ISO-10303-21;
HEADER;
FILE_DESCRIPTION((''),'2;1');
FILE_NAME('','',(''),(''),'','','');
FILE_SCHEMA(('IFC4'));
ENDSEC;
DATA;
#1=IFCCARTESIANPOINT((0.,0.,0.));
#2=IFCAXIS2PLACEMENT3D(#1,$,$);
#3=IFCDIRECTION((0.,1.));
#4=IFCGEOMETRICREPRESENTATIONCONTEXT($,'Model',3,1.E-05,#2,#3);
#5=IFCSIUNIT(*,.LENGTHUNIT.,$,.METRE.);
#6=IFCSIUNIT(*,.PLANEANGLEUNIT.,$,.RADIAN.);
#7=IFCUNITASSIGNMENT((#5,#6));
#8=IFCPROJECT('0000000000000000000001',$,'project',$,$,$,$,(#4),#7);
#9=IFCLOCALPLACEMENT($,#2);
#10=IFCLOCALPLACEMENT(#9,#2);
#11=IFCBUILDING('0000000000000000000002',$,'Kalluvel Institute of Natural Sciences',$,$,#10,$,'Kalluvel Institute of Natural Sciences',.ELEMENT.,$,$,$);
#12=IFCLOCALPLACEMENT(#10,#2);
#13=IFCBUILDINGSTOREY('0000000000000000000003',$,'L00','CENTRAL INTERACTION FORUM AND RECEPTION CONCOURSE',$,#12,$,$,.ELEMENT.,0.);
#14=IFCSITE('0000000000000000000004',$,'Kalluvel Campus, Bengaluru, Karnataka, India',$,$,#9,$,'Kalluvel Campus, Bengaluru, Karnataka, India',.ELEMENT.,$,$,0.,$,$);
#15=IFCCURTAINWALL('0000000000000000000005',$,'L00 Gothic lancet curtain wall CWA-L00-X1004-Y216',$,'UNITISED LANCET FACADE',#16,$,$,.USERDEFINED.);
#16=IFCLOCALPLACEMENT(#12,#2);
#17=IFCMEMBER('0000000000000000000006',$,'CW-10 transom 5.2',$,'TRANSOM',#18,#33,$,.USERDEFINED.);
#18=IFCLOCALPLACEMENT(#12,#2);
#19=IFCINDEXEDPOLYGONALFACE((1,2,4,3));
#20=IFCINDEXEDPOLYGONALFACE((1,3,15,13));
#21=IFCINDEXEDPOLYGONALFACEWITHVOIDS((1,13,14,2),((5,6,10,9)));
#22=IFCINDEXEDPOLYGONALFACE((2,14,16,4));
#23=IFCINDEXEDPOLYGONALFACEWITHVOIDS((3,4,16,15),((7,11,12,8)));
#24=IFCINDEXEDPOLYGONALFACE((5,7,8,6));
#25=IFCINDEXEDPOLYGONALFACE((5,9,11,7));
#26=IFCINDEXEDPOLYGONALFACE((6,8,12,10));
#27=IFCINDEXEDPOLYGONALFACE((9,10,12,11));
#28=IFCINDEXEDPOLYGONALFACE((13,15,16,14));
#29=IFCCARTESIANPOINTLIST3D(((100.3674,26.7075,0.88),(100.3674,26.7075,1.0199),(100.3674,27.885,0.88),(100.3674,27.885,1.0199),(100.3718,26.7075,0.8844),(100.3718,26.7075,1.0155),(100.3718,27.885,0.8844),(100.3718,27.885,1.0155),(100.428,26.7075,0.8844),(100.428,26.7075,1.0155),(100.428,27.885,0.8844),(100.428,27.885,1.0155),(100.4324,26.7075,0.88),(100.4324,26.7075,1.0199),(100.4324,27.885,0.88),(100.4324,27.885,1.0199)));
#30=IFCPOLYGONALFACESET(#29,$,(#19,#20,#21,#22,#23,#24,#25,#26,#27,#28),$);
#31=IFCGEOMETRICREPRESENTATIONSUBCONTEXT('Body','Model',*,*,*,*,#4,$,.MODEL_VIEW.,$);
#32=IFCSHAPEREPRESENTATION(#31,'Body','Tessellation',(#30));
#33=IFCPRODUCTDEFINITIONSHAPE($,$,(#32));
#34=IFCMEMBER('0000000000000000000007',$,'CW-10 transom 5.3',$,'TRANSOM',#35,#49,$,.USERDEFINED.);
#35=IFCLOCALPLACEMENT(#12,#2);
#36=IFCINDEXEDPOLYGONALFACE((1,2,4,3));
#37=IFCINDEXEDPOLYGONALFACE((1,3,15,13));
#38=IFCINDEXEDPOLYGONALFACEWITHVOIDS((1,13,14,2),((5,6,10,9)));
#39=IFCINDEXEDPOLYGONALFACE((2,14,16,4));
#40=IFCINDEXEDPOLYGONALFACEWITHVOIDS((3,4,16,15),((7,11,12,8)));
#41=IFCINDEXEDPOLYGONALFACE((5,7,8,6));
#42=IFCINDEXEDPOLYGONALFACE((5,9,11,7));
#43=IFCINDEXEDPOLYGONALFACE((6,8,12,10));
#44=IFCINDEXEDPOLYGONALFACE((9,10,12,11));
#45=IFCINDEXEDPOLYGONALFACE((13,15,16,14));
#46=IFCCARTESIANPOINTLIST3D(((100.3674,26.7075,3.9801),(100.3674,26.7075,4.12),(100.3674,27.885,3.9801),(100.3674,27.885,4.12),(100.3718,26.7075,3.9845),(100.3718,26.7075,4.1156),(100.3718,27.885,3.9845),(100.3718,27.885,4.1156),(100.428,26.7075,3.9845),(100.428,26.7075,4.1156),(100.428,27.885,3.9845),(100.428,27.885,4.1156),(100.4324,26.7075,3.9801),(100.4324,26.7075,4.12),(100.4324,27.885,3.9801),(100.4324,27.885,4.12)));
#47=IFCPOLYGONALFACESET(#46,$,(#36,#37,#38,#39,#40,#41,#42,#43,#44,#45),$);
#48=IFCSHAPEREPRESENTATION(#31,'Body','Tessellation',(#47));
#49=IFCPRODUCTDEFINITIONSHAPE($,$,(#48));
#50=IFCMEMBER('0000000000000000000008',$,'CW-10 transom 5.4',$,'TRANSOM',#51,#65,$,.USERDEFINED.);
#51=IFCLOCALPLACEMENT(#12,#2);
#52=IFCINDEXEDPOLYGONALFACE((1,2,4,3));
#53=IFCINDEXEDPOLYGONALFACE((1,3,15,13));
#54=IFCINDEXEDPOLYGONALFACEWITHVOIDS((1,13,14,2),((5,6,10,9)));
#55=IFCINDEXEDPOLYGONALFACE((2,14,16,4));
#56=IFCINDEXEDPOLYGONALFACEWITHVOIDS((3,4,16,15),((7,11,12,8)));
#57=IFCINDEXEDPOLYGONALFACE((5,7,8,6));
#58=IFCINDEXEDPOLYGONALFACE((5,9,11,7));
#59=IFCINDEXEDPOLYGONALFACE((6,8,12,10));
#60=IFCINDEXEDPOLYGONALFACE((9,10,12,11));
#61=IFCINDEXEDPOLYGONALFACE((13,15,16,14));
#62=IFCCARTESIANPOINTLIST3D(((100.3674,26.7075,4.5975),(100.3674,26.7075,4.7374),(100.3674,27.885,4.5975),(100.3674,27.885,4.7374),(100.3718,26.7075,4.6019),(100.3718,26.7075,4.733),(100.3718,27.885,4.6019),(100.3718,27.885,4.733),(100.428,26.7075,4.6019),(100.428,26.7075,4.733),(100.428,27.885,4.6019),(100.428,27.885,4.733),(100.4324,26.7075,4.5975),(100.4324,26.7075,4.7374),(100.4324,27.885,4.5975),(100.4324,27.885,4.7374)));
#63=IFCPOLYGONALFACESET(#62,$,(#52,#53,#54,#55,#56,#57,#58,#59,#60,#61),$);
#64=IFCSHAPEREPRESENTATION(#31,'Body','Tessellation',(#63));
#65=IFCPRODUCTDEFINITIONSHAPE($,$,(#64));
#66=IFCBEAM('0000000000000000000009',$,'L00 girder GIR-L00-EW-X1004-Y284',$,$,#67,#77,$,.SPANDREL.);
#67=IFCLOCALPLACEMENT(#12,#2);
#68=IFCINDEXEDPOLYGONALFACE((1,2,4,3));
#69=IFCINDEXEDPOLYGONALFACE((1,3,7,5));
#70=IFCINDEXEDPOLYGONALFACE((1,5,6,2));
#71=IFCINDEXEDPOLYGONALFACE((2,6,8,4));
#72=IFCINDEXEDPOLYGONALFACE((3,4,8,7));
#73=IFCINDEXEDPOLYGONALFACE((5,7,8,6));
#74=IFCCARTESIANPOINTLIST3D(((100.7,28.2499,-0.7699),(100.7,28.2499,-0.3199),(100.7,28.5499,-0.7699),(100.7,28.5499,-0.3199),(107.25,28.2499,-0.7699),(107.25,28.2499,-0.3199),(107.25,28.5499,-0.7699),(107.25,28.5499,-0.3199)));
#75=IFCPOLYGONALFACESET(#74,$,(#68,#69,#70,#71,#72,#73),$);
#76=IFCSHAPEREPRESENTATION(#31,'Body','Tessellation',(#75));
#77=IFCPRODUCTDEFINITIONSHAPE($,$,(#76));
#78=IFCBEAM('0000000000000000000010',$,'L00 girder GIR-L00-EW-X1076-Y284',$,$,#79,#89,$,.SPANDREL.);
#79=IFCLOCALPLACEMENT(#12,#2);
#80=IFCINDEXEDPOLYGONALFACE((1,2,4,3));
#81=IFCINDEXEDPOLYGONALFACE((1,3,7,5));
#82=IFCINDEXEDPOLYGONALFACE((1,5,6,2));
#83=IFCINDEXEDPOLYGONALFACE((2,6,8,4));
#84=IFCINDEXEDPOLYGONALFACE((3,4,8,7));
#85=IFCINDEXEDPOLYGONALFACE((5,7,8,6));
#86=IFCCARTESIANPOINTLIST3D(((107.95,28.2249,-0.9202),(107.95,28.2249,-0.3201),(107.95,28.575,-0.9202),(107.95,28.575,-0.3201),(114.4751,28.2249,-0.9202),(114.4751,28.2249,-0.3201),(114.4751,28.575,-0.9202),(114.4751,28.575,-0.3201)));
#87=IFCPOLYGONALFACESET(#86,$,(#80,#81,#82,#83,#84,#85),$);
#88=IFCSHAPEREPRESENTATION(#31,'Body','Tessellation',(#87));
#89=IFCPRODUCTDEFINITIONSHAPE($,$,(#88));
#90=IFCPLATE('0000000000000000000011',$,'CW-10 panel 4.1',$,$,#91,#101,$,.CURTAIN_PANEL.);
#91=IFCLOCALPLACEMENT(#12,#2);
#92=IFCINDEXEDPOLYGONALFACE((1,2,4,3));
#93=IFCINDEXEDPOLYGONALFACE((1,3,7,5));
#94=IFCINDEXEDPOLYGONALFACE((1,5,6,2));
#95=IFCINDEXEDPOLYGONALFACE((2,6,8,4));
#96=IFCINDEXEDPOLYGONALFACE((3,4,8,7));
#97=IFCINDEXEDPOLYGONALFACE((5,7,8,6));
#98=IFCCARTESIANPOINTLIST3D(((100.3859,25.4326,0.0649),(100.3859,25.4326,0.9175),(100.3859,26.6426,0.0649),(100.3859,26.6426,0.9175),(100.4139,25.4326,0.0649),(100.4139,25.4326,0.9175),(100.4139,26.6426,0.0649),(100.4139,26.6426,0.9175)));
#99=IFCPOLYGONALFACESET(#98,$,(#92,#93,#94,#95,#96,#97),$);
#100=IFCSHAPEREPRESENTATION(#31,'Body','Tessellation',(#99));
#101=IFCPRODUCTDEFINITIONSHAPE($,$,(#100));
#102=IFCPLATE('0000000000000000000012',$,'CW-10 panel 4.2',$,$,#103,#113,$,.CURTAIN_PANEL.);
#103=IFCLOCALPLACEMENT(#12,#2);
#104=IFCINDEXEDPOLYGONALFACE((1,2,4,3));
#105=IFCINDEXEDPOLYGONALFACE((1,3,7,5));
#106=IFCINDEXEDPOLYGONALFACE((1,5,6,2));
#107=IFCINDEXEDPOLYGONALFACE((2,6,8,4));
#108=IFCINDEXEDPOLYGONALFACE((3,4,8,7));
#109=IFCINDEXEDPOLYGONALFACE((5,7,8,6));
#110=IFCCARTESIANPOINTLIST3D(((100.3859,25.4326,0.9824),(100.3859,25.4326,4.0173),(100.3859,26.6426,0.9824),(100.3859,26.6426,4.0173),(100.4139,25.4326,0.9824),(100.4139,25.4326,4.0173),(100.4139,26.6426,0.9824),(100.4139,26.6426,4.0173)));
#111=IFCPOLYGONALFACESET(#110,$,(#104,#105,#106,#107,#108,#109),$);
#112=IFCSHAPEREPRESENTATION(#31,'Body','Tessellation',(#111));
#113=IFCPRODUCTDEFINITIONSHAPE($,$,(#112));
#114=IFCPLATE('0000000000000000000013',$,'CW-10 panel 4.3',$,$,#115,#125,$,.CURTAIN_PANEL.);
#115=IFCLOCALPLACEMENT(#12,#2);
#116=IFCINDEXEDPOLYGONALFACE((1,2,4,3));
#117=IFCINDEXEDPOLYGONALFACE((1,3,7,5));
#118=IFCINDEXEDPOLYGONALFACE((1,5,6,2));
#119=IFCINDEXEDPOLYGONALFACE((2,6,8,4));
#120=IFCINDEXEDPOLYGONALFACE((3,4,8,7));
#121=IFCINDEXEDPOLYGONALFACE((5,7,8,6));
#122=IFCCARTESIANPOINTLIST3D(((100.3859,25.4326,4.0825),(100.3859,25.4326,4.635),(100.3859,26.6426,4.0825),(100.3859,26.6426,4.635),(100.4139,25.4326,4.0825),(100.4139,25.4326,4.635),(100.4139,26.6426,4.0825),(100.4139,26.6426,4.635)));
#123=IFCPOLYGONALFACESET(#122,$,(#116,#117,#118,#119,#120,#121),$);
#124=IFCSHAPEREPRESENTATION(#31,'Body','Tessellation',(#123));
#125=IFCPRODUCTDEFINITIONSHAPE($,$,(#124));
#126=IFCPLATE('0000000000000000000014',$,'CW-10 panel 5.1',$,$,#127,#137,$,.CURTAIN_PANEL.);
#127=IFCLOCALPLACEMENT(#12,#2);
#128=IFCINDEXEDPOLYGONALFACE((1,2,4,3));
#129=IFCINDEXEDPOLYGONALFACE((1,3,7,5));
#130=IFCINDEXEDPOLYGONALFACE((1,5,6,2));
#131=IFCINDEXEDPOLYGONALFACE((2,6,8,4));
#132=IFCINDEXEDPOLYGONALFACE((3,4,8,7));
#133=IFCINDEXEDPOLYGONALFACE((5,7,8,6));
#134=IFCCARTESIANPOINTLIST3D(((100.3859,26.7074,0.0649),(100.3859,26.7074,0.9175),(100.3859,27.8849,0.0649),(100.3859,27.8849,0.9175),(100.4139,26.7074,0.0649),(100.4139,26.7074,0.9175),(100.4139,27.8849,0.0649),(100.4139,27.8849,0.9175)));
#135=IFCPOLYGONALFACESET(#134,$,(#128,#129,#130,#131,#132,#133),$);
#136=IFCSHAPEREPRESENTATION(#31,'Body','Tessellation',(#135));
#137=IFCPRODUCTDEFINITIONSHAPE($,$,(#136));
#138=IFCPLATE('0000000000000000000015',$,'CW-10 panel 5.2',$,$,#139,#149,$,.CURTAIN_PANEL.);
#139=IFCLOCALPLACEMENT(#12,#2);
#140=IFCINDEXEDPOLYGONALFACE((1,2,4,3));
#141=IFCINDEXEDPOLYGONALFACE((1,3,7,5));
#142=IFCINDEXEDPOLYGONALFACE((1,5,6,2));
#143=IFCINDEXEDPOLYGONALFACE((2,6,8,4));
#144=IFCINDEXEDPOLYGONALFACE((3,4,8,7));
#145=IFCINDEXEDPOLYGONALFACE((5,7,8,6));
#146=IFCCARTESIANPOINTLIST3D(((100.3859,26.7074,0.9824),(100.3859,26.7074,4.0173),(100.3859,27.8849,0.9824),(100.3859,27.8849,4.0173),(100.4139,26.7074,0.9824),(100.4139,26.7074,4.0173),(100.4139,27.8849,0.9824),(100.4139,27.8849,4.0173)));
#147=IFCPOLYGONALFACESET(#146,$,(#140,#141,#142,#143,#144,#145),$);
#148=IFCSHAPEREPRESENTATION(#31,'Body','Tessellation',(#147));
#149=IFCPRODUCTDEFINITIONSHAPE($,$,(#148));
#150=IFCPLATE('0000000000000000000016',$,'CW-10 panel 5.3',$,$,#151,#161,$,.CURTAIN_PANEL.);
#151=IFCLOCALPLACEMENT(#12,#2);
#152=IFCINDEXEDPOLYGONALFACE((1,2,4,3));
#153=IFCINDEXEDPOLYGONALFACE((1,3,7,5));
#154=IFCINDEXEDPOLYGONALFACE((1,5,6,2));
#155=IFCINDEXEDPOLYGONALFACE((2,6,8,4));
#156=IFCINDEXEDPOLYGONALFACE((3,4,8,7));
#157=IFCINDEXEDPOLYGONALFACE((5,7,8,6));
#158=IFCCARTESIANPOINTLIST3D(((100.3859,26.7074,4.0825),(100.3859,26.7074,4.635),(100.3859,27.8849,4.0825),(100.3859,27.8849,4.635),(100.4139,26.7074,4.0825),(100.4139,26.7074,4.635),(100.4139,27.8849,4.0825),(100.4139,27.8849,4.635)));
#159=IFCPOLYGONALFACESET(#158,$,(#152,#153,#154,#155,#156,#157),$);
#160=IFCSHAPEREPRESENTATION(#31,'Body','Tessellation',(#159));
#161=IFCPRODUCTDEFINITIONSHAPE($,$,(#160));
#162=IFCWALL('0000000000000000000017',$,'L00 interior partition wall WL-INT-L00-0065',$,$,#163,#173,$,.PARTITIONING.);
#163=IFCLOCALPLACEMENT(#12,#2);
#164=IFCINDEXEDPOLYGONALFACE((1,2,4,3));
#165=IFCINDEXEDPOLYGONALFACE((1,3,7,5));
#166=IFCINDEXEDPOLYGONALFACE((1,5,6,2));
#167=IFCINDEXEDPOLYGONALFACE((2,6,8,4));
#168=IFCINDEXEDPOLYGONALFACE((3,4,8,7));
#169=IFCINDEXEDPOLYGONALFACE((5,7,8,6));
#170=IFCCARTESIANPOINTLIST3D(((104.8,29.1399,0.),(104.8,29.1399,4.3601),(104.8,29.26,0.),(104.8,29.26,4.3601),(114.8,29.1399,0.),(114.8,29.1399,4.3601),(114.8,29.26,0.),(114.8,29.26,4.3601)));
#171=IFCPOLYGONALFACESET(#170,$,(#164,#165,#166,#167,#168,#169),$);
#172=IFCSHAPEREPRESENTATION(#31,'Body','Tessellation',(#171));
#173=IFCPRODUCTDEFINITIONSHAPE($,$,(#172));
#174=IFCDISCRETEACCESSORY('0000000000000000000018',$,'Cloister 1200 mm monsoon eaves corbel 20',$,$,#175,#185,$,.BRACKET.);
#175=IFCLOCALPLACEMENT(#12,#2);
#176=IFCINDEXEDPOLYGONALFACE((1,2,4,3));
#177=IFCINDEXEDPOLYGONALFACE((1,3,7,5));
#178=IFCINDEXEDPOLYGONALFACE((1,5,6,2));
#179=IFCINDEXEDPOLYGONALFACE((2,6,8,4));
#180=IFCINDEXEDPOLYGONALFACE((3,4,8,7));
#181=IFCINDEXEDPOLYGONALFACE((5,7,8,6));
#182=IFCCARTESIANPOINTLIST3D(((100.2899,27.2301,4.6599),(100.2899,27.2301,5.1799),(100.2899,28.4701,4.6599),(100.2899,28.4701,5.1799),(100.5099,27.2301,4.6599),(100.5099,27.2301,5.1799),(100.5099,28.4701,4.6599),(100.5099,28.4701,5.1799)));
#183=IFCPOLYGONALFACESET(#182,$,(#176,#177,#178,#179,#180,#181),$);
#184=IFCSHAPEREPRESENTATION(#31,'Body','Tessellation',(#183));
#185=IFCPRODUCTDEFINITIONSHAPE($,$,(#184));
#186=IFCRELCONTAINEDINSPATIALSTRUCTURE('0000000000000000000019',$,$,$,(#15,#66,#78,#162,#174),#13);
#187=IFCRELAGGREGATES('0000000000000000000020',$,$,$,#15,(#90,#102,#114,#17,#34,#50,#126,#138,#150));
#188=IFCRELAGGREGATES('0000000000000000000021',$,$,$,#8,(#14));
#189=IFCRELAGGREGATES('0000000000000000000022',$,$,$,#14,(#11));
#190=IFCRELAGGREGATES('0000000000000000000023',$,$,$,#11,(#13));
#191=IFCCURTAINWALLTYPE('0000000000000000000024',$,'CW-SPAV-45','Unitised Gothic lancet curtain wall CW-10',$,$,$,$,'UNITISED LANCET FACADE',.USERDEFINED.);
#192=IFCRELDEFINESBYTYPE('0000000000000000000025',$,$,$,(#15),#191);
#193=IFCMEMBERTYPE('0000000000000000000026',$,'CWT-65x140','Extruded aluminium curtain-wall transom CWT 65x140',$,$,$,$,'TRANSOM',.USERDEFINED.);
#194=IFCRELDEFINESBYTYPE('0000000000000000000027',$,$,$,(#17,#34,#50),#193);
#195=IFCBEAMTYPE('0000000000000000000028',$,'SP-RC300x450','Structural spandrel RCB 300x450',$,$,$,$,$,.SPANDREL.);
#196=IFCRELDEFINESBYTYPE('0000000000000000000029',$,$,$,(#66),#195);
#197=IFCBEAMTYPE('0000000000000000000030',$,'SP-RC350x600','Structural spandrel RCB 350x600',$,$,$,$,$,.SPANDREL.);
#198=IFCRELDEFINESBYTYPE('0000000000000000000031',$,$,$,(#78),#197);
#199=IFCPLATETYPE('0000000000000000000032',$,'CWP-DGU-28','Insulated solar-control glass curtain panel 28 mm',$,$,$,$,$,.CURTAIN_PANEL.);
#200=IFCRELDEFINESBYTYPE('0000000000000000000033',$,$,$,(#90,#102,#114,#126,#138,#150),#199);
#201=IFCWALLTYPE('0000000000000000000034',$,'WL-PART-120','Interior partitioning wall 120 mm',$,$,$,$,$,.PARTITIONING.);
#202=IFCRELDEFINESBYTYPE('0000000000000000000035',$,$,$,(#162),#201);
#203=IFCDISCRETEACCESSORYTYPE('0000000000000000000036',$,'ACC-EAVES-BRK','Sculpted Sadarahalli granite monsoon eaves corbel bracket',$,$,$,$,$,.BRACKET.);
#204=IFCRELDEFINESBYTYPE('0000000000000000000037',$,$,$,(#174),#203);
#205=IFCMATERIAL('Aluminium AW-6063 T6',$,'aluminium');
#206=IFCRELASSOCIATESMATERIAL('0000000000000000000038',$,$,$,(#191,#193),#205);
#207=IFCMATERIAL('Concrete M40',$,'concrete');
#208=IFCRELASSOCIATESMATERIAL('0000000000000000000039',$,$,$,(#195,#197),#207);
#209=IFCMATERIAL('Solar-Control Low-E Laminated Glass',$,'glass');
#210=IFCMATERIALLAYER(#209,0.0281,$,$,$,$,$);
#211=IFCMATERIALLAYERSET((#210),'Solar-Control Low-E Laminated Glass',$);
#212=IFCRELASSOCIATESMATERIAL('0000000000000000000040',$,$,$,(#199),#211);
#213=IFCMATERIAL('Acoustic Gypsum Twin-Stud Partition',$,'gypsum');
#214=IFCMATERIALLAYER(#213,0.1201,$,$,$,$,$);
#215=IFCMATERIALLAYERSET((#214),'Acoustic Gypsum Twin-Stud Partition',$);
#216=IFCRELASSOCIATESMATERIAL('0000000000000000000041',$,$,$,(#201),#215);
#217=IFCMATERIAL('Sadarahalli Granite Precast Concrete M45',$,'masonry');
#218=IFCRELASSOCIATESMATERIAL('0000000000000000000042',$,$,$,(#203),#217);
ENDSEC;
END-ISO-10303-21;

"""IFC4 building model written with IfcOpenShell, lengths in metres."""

from ifc_helpers import new_model, si_unit, direction, frame, frame_2d, origin, origin_2d, place, context, subcontext, project, spatial, rectangle, hollow_rectangle, extrude, material, layer, layer_set, material_profile, profile_set, type_object, element, aggregate, save


model = new_model("IFC4")

# Units and contexts
model_context = context("Model", 3, precision=1e-05, world=origin(), true_north=direction((0.0, 1.0)))
body_context = subcontext(model_context, "Body", "Model", "MODEL_VIEW")
ifc_project = project(units=[si_unit("LENGTHUNIT", "METRE"), si_unit("PLANEANGLEUNIT", "RADIAN")], contexts=[model_context])

# Site, building, storey
site_placement = place(None, origin())
site = spatial("IfcSite", under=ifc_project, at=site_placement, Name="Kalluvel Campus, Bengaluru, Karnataka, India", LongName="Kalluvel Campus, Bengaluru, Karnataka, India", CompositionType="ELEMENT", RefElevation=0.0)
building_placement = place(site_placement, origin())
building = spatial("IfcBuilding", under=site, at=building_placement, Name="Kalluvel Institute of Natural Sciences", LongName="Kalluvel Institute of Natural Sciences", CompositionType="ELEMENT")
storey_placement = place(building_placement, origin())
storey = spatial("IfcBuildingStorey", under=building, at=storey_placement, Name="L00", Description="CENTRAL INTERACTION FORUM AND RECEPTION CONCOURSE", CompositionType="ELEMENT", Elevation=0.0)

# Shared definitions
ifc_material_1 = material(Name="Concrete M40", Category="concrete")

# Curtain wall, members
ifc_material_2 = material(Name="Aluminium AW-6063 T6", Category="aluminium")
curtain_wall_type = type_object("IfcCurtainWallType", Name="CW-SPAV-45", Description="Unitised Gothic lancet curtain wall CW-10", ElementType="UNITISED LANCET FACADE", PredefinedType="USERDEFINED", material=ifc_material_2)
curtain_wall_placement = place(storey_placement, origin())
curtain_wall = element("IfcCurtainWall", 1, at=curtain_wall_placement, inside=storey, type_object=curtain_wall_type, Name="L00 Gothic lancet curtain wall CWA-L00-X1004-Y216", ObjectType="UNITISED LANCET FACADE", PredefinedType="USERDEFINED")
ifc_material_profile_1 = material_profile(ifc_material_2, hollow_rectangle(XDim=0.0649, YDim=0.1399, WallThickness=0.0044, at=origin_2d()), Name="CWT 65x140")
ifc_profile_set_1 = profile_set([ifc_material_profile_1], Name="Aluminium AW-6063 T6")
member_type_1 = type_object("IfcMemberType", Name="CWT-65x140", Description="Extruded aluminium curtain-wall transom CWT 65x140", ElementType="TRANSOM", PredefinedType="USERDEFINED", material=ifc_profile_set_1)
member_1_placement = place(storey_placement, frame((100.3999, 26.7075, 0.95), z_axis=(0.0, 1.0, 0.0), x_axis=(-1.0, 0.0, 0.0)))
member_1 = element("IfcMember", 2, at=member_1_placement, type_object=member_type_1, Name="CW-10 transom 5.2", ObjectType="TRANSOM", PredefinedType="USERDEFINED", context=body_context, shape_type="SweptSolid", body=[
    extrude(hollow_rectangle(XDim=0.0649, YDim=0.1399, WallThickness=0.0044, at=origin_2d()), origin(), (0.0, 0.0, 1.0), 1.1775),
])
member_2_placement = place(storey_placement, frame((100.3999, 26.7075, 4.05), z_axis=(0.0, 1.0, 0.0), x_axis=(-1.0, 0.0, 0.0)))
member_2 = element("IfcMember", 3, at=member_2_placement, type_object=member_type_1, Name="CW-10 transom 5.3", ObjectType="TRANSOM", PredefinedType="USERDEFINED", context=body_context, shape_type="SweptSolid", body=[
    extrude(hollow_rectangle(XDim=0.0649, YDim=0.1399, WallThickness=0.0044, at=origin_2d()), origin(), (0.0, 0.0, 1.0), 1.1775),
])
member_3_placement = place(storey_placement, frame((100.3999, 26.7075, 4.6675), z_axis=(0.0, 1.0, 0.0), x_axis=(-1.0, 0.0, 0.0)))
member_3 = element("IfcMember", 4, at=member_3_placement, type_object=member_type_1, Name="CW-10 transom 5.4", ObjectType="TRANSOM", PredefinedType="USERDEFINED", context=body_context, shape_type="SweptSolid", body=[
    extrude(hollow_rectangle(XDim=0.0649, YDim=0.1399, WallThickness=0.0044, at=origin_2d()), origin(), (0.0, 0.0, 1.0), 1.1775),
])

# Beams
ifc_material_profile_2 = material_profile(ifc_material_1, rectangle(XDim=0.3, YDim=0.45, at=origin_2d()), Name="RCB 300x450")
ifc_profile_set_2 = profile_set([ifc_material_profile_2], Name="Concrete M40")
beam_type_1 = type_object("IfcBeamType", Name="SP-RC300x450", Description="Structural spandrel RCB 300x450", PredefinedType="SPANDREL", material=ifc_profile_set_2)
beam_1_placement = place(storey_placement, frame((100.7, 28.3999, -0.5449), z_axis=(1.0, 0.0, 0.0), x_axis=(0.0, 1.0, 0.0)))
element("IfcBeam", 5, at=beam_1_placement, inside=storey, type_object=beam_type_1, Name="L00 girder GIR-L00-EW-X1004-Y284", PredefinedType="SPANDREL", context=body_context, shape_type="SweptSolid", body=[
    extrude(rectangle(XDim=0.3, YDim=0.45, at=origin_2d()), origin(), (0.0, 0.0, 1.0), 6.55),
])
ifc_material_profile_3 = material_profile(ifc_material_1, rectangle(XDim=0.3501, YDim=0.6001, at=origin_2d()), Name="RCB 350x600")
ifc_profile_set_3 = profile_set([ifc_material_profile_3], Name="Concrete M40")
beam_type_2 = type_object("IfcBeamType", Name="SP-RC350x600", Description="Structural spandrel RCB 350x600", PredefinedType="SPANDREL", material=ifc_profile_set_3)
beam_2_placement = place(storey_placement, frame((107.95, 28.3999, -0.6201), z_axis=(1.0, 0.0, 0.0), x_axis=(0.0, 1.0, 0.0)))
element("IfcBeam", 6, at=beam_2_placement, inside=storey, type_object=beam_type_2, Name="L00 girder GIR-L00-EW-X1076-Y284", PredefinedType="SPANDREL", context=body_context, shape_type="SweptSolid", body=[
    extrude(rectangle(XDim=0.3501, YDim=0.6001, at=origin_2d()), origin(), (0.0, 0.0, 1.0), 6.5251),
])

# Plates
ifc_material_3 = material(Name="Solar-Control Low-E Laminated Glass", Category="glass")
ifc_layer_1 = layer(ifc_material_3, 0.0281)
ifc_layer_set_1 = layer_set([ifc_layer_1], Name="Solar-Control Low-E Laminated Glass")
plate_type = type_object("IfcPlateType", Name="CWP-DGU-28", Description="Insulated solar-control glass curtain panel 28 mm", PredefinedType="CURTAIN_PANEL", material=ifc_layer_set_1)
plate_1_placement = place(storey_placement, frame((100.3999, 26.0376, 0.0649), z_axis=(0.0, 0.0, 1.0), x_axis=(0.0, 1.0, 0.0)))
plate_1 = element("IfcPlate", 7, at=plate_1_placement, type_object=plate_type, Name="CW-10 panel 4.1", PredefinedType="CURTAIN_PANEL", context=body_context, shape_type="SweptSolid", body=[
    extrude(rectangle(XDim=1.21, YDim=0.0281, at=origin_2d()), origin(), (0.0, 0.0, 1.0), 0.8525),
])
plate_2_placement = place(storey_placement, frame((100.3999, 26.0376, 0.9824), z_axis=(0.0, 0.0, 1.0), x_axis=(0.0, 1.0, 0.0)))
plate_2 = element("IfcPlate", 8, at=plate_2_placement, type_object=plate_type, Name="CW-10 panel 4.2", PredefinedType="CURTAIN_PANEL", context=body_context, shape_type="SweptSolid", body=[
    extrude(rectangle(XDim=1.21, YDim=0.0281, at=origin_2d()), origin(), (0.0, 0.0, 1.0), 3.0349),
])
plate_3_placement = place(storey_placement, frame((100.3999, 26.0376, 4.0825), z_axis=(0.0, 0.0, 1.0), x_axis=(0.0, 1.0, 0.0)))
plate_3 = element("IfcPlate", 9, at=plate_3_placement, type_object=plate_type, Name="CW-10 panel 4.3", PredefinedType="CURTAIN_PANEL", context=body_context, shape_type="SweptSolid", body=[
    extrude(rectangle(XDim=1.21, YDim=0.0281, at=origin_2d()), origin(), (0.0, 0.0, 1.0), 0.5525),
])
plate_4_placement = place(storey_placement, frame((100.3999, 27.2961, 0.0649), z_axis=(0.0, 0.0, 1.0), x_axis=(0.0, 1.0, 0.0)))
plate_4 = element("IfcPlate", 10, at=plate_4_placement, type_object=plate_type, Name="CW-10 panel 5.1", PredefinedType="CURTAIN_PANEL", context=body_context, shape_type="SweptSolid", body=[
    extrude(rectangle(XDim=1.1775, YDim=0.0281, at=origin_2d()), origin(), (0.0, 0.0, 1.0), 0.8525),
])
plate_5_placement = place(storey_placement, frame((100.3999, 27.2961, 0.9824), z_axis=(0.0, 0.0, 1.0), x_axis=(0.0, 1.0, 0.0)))
plate_5 = element("IfcPlate", 11, at=plate_5_placement, type_object=plate_type, Name="CW-10 panel 5.2", PredefinedType="CURTAIN_PANEL", context=body_context, shape_type="SweptSolid", body=[
    extrude(rectangle(XDim=1.1775, YDim=0.0281, at=origin_2d()), origin(), (0.0, 0.0, 1.0), 3.0349),
])
plate_6_placement = place(storey_placement, frame((100.3999, 27.2961, 4.0825), z_axis=(0.0, 0.0, 1.0), x_axis=(0.0, 1.0, 0.0)))
plate_6 = element("IfcPlate", 12, at=plate_6_placement, type_object=plate_type, Name="CW-10 panel 5.3", PredefinedType="CURTAIN_PANEL", context=body_context, shape_type="SweptSolid", body=[
    extrude(rectangle(XDim=1.1775, YDim=0.0281, at=origin_2d()), origin(), (0.0, 0.0, 1.0), 0.5525),
])
aggregate(curtain_wall, [plate_1, plate_2, plate_3, member_1, member_2, member_3, plate_4, plate_5, plate_6])

# Wall
ifc_material_4 = material(Name="Acoustic Gypsum Twin-Stud Partition", Category="gypsum")
ifc_layer_2 = layer(ifc_material_4, 0.1201)
ifc_layer_set_2 = layer_set([ifc_layer_2], Name="Acoustic Gypsum Twin-Stud Partition")
wall_type_1 = type_object("IfcWallType", Name="WL-PART-120", Description="Interior partitioning wall 120 mm", PredefinedType="PARTITIONING", material=ifc_layer_set_2)
wall_1_placement = place(storey_placement, frame((104.8, 29.2, 0.0), z_axis=(0.0, 0.0, 1.0), x_axis=(1.0, 0.0, 0.0)))
element("IfcWall", 13, at=wall_1_placement, inside=storey, type_object=wall_type_1, Name="L00 interior partition wall WL-INT-L00-0065", PredefinedType="PARTITIONING", context=body_context, shape_type="SweptSolid", body=[
    extrude(rectangle(XDim=10.0, YDim=0.1201, at=frame_2d((5.0, 0.0))), origin(), (0.0, 0.0, 1.0), 4.3601),
])

# Discrete accessory
ifc_material_5 = material(Name="Sadarahalli Granite Precast Concrete M45", Category="masonry")
discrete_accessory_type = type_object("IfcDiscreteAccessoryType", Name="ACC-EAVES-BRK", Description="Sculpted Sadarahalli granite monsoon eaves corbel bracket", PredefinedType="BRACKET", material=ifc_material_5)
discrete_accessory_placement = place(storey_placement, frame((100.3999, 27.8501, 4.6599), z_axis=(0.0, 0.0, 1.0), x_axis=(1.0, 0.0, 0.0)))
element("IfcDiscreteAccessory", 14, at=discrete_accessory_placement, inside=storey, type_object=discrete_accessory_type, Name="Cloister 1200 mm monsoon eaves corbel 20", PredefinedType="BRACKET", context=body_context, shape_type="SweptSolid", body=[
    extrude(rectangle(XDim=0.22, YDim=1.24, at=origin_2d()), origin(), (0.0, 0.0, 1.0), 0.52),
])

save(model, "model.ifc")
